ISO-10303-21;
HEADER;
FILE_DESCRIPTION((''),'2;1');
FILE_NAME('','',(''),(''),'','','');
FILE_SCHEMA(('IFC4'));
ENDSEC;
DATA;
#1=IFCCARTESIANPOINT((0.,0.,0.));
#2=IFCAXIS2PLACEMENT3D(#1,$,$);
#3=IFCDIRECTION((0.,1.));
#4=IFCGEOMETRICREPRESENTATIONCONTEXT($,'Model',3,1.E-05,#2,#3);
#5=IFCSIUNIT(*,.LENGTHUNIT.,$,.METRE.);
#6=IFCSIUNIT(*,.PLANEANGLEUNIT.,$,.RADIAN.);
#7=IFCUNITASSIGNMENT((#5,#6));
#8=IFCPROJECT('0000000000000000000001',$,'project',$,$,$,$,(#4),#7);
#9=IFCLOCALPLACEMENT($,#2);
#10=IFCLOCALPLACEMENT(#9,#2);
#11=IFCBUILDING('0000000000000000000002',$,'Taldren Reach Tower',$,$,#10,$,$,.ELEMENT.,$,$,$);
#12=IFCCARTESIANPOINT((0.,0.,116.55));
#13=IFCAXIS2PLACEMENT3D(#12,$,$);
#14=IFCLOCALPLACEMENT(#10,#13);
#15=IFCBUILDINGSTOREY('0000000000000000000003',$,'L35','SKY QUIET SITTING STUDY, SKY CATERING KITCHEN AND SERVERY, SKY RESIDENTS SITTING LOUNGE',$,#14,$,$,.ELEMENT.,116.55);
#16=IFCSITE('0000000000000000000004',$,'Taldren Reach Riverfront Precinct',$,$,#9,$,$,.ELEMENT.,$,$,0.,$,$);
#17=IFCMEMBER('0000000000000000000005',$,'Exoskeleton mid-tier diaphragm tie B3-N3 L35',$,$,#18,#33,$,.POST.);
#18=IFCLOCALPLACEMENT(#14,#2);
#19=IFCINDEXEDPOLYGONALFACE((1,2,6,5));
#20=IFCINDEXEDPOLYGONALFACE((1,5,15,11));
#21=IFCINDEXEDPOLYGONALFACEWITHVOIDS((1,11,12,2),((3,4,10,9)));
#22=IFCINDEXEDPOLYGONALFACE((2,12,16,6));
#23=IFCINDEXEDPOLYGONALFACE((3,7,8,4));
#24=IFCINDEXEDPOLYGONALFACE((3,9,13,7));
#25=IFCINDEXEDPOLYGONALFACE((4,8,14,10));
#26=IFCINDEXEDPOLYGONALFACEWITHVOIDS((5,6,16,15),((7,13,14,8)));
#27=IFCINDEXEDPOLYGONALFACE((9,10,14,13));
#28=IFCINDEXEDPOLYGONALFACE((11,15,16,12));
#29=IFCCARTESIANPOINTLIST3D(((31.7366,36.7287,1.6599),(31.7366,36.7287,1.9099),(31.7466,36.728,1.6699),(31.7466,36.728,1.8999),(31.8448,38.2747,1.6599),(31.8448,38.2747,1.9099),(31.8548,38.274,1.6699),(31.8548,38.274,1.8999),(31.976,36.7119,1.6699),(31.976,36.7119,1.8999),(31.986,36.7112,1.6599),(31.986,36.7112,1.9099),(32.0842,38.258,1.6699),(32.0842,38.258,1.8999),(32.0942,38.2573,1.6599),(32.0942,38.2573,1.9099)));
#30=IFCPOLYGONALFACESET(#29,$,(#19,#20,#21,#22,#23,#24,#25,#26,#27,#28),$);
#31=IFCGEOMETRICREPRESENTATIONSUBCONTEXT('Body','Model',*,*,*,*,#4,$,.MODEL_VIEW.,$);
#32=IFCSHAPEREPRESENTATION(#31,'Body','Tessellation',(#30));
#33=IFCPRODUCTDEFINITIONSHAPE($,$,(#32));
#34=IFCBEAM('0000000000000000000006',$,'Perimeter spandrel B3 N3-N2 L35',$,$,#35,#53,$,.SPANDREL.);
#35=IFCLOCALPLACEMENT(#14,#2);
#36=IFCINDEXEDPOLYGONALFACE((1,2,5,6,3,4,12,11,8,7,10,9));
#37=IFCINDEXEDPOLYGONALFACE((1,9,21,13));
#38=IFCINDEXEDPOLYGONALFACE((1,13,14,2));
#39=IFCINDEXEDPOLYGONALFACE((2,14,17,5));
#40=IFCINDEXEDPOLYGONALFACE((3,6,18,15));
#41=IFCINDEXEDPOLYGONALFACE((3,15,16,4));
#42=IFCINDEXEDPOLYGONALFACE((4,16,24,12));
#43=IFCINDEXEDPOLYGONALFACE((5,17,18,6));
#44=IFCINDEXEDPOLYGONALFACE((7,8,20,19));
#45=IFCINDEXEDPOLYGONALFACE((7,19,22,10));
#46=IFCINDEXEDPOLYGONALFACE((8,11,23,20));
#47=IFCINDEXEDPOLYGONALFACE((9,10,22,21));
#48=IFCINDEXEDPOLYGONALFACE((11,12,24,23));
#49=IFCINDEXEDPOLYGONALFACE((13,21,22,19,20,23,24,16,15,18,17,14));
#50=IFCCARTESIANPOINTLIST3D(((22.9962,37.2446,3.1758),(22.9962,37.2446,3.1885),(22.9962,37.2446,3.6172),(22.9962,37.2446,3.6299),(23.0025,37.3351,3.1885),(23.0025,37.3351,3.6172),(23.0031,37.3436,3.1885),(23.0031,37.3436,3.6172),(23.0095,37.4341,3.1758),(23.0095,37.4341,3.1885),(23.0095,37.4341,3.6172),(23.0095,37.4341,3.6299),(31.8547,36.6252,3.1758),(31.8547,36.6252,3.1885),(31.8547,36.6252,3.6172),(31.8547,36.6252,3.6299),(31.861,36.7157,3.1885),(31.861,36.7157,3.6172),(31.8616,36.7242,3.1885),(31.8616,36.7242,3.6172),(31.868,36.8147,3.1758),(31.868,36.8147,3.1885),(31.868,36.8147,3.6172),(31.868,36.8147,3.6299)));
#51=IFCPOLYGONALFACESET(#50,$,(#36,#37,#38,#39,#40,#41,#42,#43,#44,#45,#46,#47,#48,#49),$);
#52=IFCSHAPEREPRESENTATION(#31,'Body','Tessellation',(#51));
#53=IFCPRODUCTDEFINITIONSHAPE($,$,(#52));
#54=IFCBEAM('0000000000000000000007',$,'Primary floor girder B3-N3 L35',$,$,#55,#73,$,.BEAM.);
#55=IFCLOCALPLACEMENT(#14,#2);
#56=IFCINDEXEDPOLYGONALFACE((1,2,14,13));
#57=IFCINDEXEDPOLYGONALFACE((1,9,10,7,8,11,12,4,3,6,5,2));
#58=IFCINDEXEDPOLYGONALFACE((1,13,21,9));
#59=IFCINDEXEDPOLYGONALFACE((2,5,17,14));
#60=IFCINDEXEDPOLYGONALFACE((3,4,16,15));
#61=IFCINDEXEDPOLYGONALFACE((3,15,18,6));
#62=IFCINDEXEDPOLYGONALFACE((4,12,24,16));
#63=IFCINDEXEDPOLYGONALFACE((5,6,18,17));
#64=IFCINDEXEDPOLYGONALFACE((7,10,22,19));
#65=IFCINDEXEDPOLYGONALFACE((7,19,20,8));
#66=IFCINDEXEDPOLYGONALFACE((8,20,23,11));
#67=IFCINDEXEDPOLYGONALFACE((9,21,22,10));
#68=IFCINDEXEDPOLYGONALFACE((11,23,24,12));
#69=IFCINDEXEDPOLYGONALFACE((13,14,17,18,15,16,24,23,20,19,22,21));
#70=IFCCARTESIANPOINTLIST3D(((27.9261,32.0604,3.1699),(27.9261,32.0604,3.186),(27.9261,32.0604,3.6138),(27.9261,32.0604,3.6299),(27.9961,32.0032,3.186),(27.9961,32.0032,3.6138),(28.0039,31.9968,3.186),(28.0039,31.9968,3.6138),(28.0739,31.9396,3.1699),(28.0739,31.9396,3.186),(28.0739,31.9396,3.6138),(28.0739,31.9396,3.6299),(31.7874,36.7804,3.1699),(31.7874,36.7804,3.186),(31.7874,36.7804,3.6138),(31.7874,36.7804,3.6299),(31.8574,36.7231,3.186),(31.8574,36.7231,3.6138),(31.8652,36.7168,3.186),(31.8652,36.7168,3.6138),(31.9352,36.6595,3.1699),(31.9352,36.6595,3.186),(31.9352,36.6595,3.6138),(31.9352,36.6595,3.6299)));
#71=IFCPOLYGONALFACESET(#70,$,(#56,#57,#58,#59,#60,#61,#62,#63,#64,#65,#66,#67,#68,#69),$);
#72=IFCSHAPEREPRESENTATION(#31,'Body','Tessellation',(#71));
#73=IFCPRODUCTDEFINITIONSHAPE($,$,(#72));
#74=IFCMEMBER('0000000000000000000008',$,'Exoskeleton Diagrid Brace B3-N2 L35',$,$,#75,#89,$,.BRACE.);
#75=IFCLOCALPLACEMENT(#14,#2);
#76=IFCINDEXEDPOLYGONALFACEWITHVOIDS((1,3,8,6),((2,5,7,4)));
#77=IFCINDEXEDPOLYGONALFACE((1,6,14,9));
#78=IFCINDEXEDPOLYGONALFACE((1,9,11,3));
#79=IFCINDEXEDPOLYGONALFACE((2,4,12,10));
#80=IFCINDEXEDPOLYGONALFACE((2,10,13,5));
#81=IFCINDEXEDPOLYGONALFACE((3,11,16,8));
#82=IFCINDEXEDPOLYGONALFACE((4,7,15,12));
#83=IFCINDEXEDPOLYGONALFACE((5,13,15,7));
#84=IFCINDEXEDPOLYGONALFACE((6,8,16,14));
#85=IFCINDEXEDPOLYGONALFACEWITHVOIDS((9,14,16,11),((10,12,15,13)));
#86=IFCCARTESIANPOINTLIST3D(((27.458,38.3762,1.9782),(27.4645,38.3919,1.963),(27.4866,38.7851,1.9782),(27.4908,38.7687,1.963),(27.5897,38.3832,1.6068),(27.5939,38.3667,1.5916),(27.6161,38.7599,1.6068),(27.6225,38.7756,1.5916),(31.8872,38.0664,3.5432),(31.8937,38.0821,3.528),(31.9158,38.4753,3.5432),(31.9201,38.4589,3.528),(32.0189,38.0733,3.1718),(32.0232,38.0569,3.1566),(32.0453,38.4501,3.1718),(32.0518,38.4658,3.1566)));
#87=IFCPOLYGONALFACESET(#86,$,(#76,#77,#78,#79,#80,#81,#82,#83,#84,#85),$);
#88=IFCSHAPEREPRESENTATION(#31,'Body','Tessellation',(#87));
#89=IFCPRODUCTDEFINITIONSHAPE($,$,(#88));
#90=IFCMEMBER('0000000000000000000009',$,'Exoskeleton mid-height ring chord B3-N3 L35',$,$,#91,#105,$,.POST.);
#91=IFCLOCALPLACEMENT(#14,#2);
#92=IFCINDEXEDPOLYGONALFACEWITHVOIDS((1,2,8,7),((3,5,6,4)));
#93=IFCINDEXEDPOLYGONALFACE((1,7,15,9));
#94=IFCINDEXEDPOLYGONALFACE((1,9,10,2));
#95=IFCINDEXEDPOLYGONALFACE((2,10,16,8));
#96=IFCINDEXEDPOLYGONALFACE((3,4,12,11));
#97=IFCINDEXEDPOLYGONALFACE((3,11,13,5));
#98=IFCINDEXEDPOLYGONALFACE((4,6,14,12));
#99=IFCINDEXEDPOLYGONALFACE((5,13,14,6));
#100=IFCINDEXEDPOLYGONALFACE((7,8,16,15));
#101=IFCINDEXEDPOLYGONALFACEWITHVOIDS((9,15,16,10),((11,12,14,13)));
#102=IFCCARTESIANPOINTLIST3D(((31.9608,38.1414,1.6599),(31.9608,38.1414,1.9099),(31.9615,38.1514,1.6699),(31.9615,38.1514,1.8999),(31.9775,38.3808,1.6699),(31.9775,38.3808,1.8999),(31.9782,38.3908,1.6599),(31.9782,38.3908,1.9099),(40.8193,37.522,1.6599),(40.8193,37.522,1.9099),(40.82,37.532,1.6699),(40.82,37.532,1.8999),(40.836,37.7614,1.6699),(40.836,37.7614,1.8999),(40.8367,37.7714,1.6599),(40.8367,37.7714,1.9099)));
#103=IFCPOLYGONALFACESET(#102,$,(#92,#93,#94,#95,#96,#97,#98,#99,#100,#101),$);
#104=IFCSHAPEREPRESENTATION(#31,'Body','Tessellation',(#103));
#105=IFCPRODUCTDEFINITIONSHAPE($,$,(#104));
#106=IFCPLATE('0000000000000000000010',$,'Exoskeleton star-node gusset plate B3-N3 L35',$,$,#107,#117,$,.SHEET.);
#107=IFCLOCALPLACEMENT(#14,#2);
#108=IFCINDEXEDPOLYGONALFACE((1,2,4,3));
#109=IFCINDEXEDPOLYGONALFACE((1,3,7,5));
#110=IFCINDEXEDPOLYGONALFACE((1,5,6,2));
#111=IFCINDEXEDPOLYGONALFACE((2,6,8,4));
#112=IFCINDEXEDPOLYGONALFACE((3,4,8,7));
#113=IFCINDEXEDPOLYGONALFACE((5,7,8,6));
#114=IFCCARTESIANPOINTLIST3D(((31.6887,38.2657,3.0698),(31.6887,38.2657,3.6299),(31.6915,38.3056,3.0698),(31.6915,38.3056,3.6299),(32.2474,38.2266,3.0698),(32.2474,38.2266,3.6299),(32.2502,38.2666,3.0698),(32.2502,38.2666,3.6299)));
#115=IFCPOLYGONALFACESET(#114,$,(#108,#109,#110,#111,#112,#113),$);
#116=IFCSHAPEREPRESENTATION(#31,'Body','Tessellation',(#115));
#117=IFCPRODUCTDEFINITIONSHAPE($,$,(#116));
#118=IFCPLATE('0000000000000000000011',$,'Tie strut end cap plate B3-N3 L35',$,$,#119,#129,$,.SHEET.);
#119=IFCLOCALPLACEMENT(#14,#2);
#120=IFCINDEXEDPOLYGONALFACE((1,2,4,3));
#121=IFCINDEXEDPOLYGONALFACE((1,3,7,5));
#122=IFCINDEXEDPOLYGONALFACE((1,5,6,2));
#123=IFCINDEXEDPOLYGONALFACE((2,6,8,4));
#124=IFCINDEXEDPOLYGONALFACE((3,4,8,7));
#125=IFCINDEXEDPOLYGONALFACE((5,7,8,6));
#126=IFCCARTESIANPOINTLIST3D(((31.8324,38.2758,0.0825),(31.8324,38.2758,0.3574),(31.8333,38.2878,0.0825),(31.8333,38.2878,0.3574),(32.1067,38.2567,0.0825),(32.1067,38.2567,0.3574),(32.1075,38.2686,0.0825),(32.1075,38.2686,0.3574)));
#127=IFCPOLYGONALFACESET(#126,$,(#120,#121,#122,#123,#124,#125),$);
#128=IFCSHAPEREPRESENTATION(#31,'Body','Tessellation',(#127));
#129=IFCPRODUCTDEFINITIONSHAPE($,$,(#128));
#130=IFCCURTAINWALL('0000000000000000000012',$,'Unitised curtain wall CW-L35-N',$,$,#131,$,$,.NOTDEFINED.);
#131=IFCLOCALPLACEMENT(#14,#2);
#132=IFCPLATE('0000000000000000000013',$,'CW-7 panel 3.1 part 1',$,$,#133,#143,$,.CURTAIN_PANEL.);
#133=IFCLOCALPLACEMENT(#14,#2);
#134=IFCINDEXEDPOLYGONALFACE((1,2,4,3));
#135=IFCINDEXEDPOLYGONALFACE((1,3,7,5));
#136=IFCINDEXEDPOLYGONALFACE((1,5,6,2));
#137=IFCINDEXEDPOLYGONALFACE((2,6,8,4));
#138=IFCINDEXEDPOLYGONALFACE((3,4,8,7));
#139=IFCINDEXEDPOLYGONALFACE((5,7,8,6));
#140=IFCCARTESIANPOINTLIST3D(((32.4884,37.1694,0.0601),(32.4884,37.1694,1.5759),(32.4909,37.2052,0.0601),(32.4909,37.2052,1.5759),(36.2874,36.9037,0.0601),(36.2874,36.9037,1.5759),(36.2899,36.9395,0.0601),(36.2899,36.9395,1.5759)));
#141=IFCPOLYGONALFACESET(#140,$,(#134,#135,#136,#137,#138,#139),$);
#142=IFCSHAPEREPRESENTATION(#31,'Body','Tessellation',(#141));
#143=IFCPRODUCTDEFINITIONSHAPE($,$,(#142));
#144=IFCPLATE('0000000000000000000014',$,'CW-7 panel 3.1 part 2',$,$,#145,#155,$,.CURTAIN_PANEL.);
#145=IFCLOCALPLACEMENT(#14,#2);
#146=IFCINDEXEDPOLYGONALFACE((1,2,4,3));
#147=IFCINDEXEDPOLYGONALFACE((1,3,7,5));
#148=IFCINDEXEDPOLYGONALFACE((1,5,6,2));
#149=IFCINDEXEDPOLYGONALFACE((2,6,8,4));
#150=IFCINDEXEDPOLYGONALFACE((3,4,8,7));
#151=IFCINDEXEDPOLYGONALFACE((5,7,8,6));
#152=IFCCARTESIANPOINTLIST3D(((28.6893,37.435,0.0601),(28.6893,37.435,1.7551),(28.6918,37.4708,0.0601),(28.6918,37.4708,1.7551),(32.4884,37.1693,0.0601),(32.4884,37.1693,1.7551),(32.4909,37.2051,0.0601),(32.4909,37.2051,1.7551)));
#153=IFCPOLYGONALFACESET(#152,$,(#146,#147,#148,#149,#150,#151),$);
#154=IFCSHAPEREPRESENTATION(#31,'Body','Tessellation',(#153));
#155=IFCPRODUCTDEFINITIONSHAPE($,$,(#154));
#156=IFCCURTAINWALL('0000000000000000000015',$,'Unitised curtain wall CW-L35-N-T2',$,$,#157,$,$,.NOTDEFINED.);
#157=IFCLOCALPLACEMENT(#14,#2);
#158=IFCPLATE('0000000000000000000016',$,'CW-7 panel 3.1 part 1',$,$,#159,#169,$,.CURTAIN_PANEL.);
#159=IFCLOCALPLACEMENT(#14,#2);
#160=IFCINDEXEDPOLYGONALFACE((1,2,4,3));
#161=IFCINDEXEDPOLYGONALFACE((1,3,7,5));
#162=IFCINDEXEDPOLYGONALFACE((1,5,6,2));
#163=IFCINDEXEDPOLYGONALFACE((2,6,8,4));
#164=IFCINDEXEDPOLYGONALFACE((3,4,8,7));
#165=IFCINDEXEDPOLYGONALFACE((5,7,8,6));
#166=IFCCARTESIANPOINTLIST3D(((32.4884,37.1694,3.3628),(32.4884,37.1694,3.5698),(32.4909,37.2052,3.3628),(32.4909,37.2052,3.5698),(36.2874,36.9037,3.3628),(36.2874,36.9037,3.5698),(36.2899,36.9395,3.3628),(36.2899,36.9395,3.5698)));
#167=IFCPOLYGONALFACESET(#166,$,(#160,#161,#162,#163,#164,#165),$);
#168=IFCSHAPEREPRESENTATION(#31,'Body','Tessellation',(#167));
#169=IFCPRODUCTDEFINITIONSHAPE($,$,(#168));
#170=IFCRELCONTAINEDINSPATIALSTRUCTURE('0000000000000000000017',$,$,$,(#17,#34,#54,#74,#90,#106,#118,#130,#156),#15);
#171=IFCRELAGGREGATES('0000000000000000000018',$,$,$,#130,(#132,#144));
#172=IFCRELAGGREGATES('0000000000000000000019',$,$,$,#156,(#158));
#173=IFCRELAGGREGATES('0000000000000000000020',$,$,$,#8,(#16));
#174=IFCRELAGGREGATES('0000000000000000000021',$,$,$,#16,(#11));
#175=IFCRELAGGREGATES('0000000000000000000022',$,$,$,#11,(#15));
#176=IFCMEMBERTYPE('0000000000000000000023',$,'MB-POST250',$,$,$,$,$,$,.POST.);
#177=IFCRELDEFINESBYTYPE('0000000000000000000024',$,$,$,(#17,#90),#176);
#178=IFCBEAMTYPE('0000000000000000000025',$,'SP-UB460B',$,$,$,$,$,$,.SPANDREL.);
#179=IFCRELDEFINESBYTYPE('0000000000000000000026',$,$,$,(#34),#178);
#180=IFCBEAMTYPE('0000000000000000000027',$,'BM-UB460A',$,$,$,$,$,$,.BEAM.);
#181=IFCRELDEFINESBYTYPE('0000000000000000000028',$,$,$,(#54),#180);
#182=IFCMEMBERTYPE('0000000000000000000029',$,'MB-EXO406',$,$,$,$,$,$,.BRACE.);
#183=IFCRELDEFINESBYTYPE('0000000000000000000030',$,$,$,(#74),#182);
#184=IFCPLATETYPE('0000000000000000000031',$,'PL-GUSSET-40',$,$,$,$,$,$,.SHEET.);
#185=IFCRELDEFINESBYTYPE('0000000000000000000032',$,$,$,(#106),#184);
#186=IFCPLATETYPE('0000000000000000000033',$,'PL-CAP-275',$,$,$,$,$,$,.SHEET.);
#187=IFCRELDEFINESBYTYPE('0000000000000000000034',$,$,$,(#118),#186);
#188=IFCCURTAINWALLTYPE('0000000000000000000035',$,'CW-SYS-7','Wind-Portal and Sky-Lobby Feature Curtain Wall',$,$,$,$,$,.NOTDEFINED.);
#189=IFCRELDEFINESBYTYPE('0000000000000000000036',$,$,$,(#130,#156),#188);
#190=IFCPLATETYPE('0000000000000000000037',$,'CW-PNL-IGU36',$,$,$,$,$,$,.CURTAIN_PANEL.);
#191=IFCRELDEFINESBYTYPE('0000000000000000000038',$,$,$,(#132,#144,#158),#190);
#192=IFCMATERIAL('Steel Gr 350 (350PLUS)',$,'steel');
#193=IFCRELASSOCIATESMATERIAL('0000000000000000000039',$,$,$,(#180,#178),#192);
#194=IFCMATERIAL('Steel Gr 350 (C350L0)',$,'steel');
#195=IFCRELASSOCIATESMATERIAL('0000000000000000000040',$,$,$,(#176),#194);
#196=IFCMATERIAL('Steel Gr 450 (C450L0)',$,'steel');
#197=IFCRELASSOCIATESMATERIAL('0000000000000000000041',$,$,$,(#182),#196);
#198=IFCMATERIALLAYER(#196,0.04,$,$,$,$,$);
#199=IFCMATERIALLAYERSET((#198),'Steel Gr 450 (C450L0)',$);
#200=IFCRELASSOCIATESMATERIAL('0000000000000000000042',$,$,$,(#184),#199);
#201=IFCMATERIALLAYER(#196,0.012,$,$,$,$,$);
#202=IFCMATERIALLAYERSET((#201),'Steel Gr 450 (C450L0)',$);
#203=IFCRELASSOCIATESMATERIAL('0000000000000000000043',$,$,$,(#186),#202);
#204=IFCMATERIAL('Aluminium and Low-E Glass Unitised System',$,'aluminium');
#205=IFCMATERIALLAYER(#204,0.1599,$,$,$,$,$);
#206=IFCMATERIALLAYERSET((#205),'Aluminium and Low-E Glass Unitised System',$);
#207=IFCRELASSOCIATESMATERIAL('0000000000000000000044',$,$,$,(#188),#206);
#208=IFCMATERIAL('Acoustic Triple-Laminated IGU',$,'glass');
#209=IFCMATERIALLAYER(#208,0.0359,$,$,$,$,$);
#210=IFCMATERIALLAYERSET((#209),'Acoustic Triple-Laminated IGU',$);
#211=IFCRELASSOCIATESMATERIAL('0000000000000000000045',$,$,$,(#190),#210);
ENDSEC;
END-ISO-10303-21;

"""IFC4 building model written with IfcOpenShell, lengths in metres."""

from ifc_helpers import new_model, si_unit, direction, frame, origin, origin_2d, place, context, subcontext, project, spatial, rectangle, hollow_rectangle, i_section, extrude, source, transform, mapped, material, layer, layer_set, material_profile, profile_set, type_object, element, aggregate, save


model = new_model("IFC4")

# Units and contexts
model_context = context("Model", 3, precision=1e-05, world=origin(), true_north=direction((0.0, 1.0)))
body_context = subcontext(model_context, "Body", "Model", "MODEL_VIEW")
ifc_project = project(units=[si_unit("LENGTHUNIT", "METRE"), si_unit("PLANEANGLEUNIT", "RADIAN")], contexts=[model_context])

# Site, building, storey
site_placement = place(None, origin())
site = spatial("IfcSite", under=ifc_project, at=site_placement, Name="Taldren Reach Riverfront Precinct", CompositionType="ELEMENT", RefElevation=0.0)
building_placement = place(site_placement, origin())
building = spatial("IfcBuilding", under=site, at=building_placement, Name="Taldren Reach Tower", CompositionType="ELEMENT")
storey_placement = place(building_placement, frame((0.0, 0.0, 116.55)))
storey = spatial("IfcBuildingStorey", under=building, at=storey_placement, Name="L35", Description="SKY QUIET SITTING STUDY, SKY CATERING KITCHEN AND SERVERY, SKY RESIDENTS SITTING LOUNGE", CompositionType="ELEMENT", Elevation=116.55)

# Shared definitions
ifc_material_1 = material(Name="Steel Gr 450 (C450L0)", Category="steel")
ifc_material_2 = material(Name="Steel Gr 350 (350PLUS)", Category="steel")

# Shared definitions
ifc_material_profile_1 = material_profile(ifc_material_2, i_section(OverallWidth=0.1909, OverallDepth=0.46, WebThickness=0.01, FlangeThickness=0.0161, at=origin_2d()), Name="460UB82.1")
ifc_profile_set_1 = profile_set([ifc_material_profile_1], Name="Steel Gr 350 (350PLUS)")
beam_type_1 = type_object("IfcBeamType", Name="BM-UB460A", PredefinedType="BEAM", material=ifc_profile_set_1)

# Member
ifc_material_3 = material(Name="Steel Gr 350 (C350L0)", Category="steel")
ifc_material_profile_2 = material_profile(ifc_material_3, hollow_rectangle(XDim=0.25, YDim=0.25, WallThickness=0.01, at=origin_2d()), Name="250x250x10.0SHS")
ifc_profile_set_2 = profile_set([ifc_material_profile_2], Name="Steel Gr 350 (C350L0)")
member_type_1 = type_object("IfcMemberType", Name="MB-POST250", PredefinedType="POST", material=ifc_profile_set_2)
shared_shape_1 = source(origin(), body_context, "Body", "SweptSolid", [
    extrude(hollow_rectangle(XDim=0.25, YDim=0.25, WallThickness=0.01, at=origin_2d()), origin(), (0.0, 0.0, 1.0), 1.5498),
])
member_1_placement = place(storey_placement, frame((31.8613, 36.72, 1.7849), z_axis=(0.069781, 0.997562, 0.0), x_axis=(-0.997562, 0.069781, 0.0)))
element("IfcMember", 1, at=member_1_placement, inside=storey, type_object=member_type_1, Name="Exoskeleton mid-tier diaphragm tie B3-N3 L35", PredefinedType="POST", context=body_context, shape_type="MappedRepresentation", body=[
    mapped(shared_shape_1, transform((0.0, 0.0, 0.0), scale=1.0)),
])

# Beams
ifc_material_profile_3 = material_profile(ifc_material_2, i_section(OverallWidth=0.1899, OverallDepth=0.4541, WebThickness=0.0085, FlangeThickness=0.0127, at=origin_2d()), Name="460UB67.1")
ifc_profile_set_3 = profile_set([ifc_material_profile_3], Name="Steel Gr 350 (350PLUS)")
beam_type_2 = type_object("IfcBeamType", Name="SP-UB460B", PredefinedType="SPANDREL", material=ifc_profile_set_3)
shared_shape_2 = source(origin(), body_context, "Body", "SweptSolid", [
    extrude(i_section(OverallWidth=0.1899, OverallDepth=0.4541, WebThickness=0.0085, FlangeThickness=0.0127, at=origin_2d()), origin(), (0.0, 0.0, 1.0), 8.8801),
])
beam_1_placement = place(storey_placement, frame((31.8613, 36.72, 3.4028), z_axis=(-0.997564, 0.06975, 0.0), x_axis=(-0.06975, -0.997564, 0.0)))
element("IfcBeam", 2, at=beam_1_placement, inside=storey, type_object=beam_type_2, Name="Perimeter spandrel B3 N3-N2 L35", PredefinedType="SPANDREL", context=body_context, shape_type="MappedRepresentation", body=[
    mapped(shared_shape_2, transform((0.0, 0.0, 0.0), scale=1.0)),
])
shared_shape_3 = source(origin(), body_context, "Body", "SweptSolid", [
    extrude(i_section(OverallWidth=0.1909, OverallDepth=0.46, WebThickness=0.01, FlangeThickness=0.0161, at=origin_2d()), origin(), (0.0, 0.0, 1.0), 6.0981),
])
beam_2_placement = place(storey_placement, frame((28.0, 32.0, 3.3999), z_axis=(0.633192, 0.773995, 0.0), x_axis=(-0.773995, 0.633192, 0.0)))
element("IfcBeam", 3, at=beam_2_placement, inside=storey, type_object=beam_type_1, Name="Primary floor girder B3-N3 L35", PredefinedType="BEAM", context=body_context, shape_type="MappedRepresentation", body=[
    mapped(shared_shape_3, transform((0.0, 0.0, 0.0), scale=1.0)),
])

# Members
ifc_material_profile_4 = material_profile(ifc_material_1, hollow_rectangle(XDim=0.4099, YDim=0.4099, WallThickness=0.0161, at=origin_2d()), Name="410x410x16.0SHS")
ifc_profile_set_4 = profile_set([ifc_material_profile_4], Name="Steel Gr 450 (C450L0)")
member_type_2 = type_object("IfcMemberType", Name="MB-EXO406", PredefinedType="BRACE", material=ifc_profile_set_4)
shared_shape_4 = source(origin(), body_context, "Body", "SweptSolid", [
    extrude(hollow_rectangle(XDim=0.4099, YDim=0.4099, WallThickness=0.0161, at=origin_2d()), origin(), (0.0, 0.0, 1.0), 4.7078),
])
member_2_placement = place(storey_placement, frame((27.5403, 38.5759, 1.7849), z_axis=(0.940833, -0.06581, 0.332419), x_axis=(0.069778, 0.997563, 0.0)))
element("IfcMember", 4, at=member_2_placement, inside=storey, type_object=member_type_2, Name="Exoskeleton Diagrid Brace B3-N2 L35", PredefinedType="BRACE", context=body_context, shape_type="MappedRepresentation", body=[
    mapped(shared_shape_4, transform((0.0, 0.0, 0.0), scale=1.0)),
])
shared_shape_5 = source(origin(), body_context, "Body", "SweptSolid", [
    extrude(hollow_rectangle(XDim=0.25, YDim=0.25, WallThickness=0.01, at=origin_2d()), origin(), (0.0, 0.0, 1.0), 8.8801),
])
member_3_placement = place(storey_placement, frame((31.9695, 38.2661, 1.7849), z_axis=(0.997564, -0.06975, 0.0), x_axis=(0.06975, 0.997564, 0.0)))
element("IfcMember", 5, at=member_3_placement, inside=storey, type_object=member_type_1, Name="Exoskeleton mid-height ring chord B3-N3 L35", PredefinedType="POST", context=body_context, shape_type="MappedRepresentation", body=[
    mapped(shared_shape_5, transform((0.0, 0.0, 0.0), scale=1.0)),
])

# Plates
ifc_layer_1 = layer(ifc_material_1, 0.04)
ifc_layer_set_1 = layer_set([ifc_layer_1], Name="Steel Gr 450 (C450L0)")
plate_type_1 = type_object("IfcPlateType", Name="PL-GUSSET-40", PredefinedType="SHEET", material=ifc_layer_set_1)
shared_shape_6 = source(origin(), body_context, "Body", "SweptSolid", [
    extrude(rectangle(XDim=0.5601, YDim=0.04, at=origin_2d()), origin(), (0.0, 0.0, 1.0), 0.5601),
])
plate_1_placement = place(storey_placement, frame((31.9695, 38.2661, 3.0698), z_axis=(0.0, 0.0, 1.0), x_axis=(0.997564, -0.069756, 0.0)))
element("IfcPlate", 6, at=plate_1_placement, inside=storey, type_object=plate_type_1, Name="Exoskeleton star-node gusset plate B3-N3 L35", PredefinedType="SHEET", context=body_context, shape_type="MappedRepresentation", body=[
    mapped(shared_shape_6, transform((0.0, 0.0, 0.0), scale=1.0)),
])
ifc_layer_2 = layer(ifc_material_1, 0.012)
ifc_layer_set_2 = layer_set([ifc_layer_2], Name="Steel Gr 450 (C450L0)")
plate_type_2 = type_object("IfcPlateType", Name="PL-CAP-275", PredefinedType="SHEET", material=ifc_layer_set_2)
shared_shape_7 = source(origin(), body_context, "Body", "SweptSolid", [
    extrude(rectangle(XDim=0.2749, YDim=0.012, at=origin_2d()), origin(), (0.0, 0.0, 1.0), 0.2749),
])
plate_2_placement = place(storey_placement, frame((31.97, 38.2722, 0.0825), z_axis=(0.0, 0.0, 1.0), x_axis=(0.997564, -0.069756, 0.0)))
element("IfcPlate", 7, at=plate_2_placement, inside=storey, type_object=plate_type_2, Name="Tie strut end cap plate B3-N3 L35", PredefinedType="SHEET", context=body_context, shape_type="MappedRepresentation", body=[
    mapped(shared_shape_7, transform((0.0, 0.0, 0.0), scale=1.0)),
])

# Curtain wall, plates
ifc_material_4 = material(Name="Aluminium and Low-E Glass Unitised System", Category="aluminium")
ifc_layer_3 = layer(ifc_material_4, 0.1599)
ifc_layer_set_3 = layer_set([ifc_layer_3], Name="Aluminium and Low-E Glass Unitised System")
curtain_wall_type = type_object("IfcCurtainWallType", Name="CW-SYS-7", Description="Wind-Portal and Sky-Lobby Feature Curtain Wall", PredefinedType="NOTDEFINED", material=ifc_layer_set_3)
curtain_wall_1_placement = place(storey_placement, origin())
curtain_wall_1 = element("IfcCurtainWall", 8, at=curtain_wall_1_placement, inside=storey, type_object=curtain_wall_type, Name="Unitised curtain wall CW-L35-N", PredefinedType="NOTDEFINED")
ifc_material_5 = material(Name="Acoustic Triple-Laminated IGU", Category="glass")
ifc_layer_4 = layer(ifc_material_5, 0.0359)
ifc_layer_set_4 = layer_set([ifc_layer_4], Name="Acoustic Triple-Laminated IGU")
plate_type_3 = type_object("IfcPlateType", Name="CW-PNL-IGU36", PredefinedType="CURTAIN_PANEL", material=ifc_layer_set_4)
shared_shape_8 = source(origin(), body_context, "Body", "SweptSolid", [
    extrude(rectangle(XDim=3.8083, YDim=0.0359, at=origin_2d()), origin(), (0.0, 0.0, 1.0), 1.5159),
])
plate_3_placement = place(storey_placement, frame((34.3892, 37.0544, 0.0601), z_axis=(0.0, 0.0, 1.0), x_axis=(-0.997564, 0.069757, 0.0)))
plate_3 = element("IfcPlate", 9, at=plate_3_placement, type_object=plate_type_3, Name="CW-7 panel 3.1 part 1", PredefinedType="CURTAIN_PANEL", context=body_context, shape_type="MappedRepresentation", body=[
    mapped(shared_shape_8, transform((0.0, 0.0, 0.0), scale=1.0)),
])
shared_shape_9 = source(origin(), body_context, "Body", "SweptSolid", [
    extrude(rectangle(XDim=3.8083, YDim=0.0359, at=origin_2d()), origin(), (0.0, 0.0, 1.0), 1.6951),
])
plate_4_placement = place(storey_placement, frame((30.5901, 37.3201, 0.0601), z_axis=(0.0, 0.0, 1.0), x_axis=(-0.997564, 0.069757, 0.0)))
plate_4 = element("IfcPlate", 10, at=plate_4_placement, type_object=plate_type_3, Name="CW-7 panel 3.1 part 2", PredefinedType="CURTAIN_PANEL", context=body_context, shape_type="MappedRepresentation", body=[
    mapped(shared_shape_9, transform((0.0, 0.0, 0.0), scale=1.0)),
])
aggregate(curtain_wall_1, [plate_3, plate_4])

# Curtain wall, plate
curtain_wall_2_placement = place(storey_placement, origin())
curtain_wall_2 = element("IfcCurtainWall", 11, at=curtain_wall_2_placement, inside=storey, type_object=curtain_wall_type, Name="Unitised curtain wall CW-L35-N-T2", PredefinedType="NOTDEFINED")
shared_shape_10 = source(origin(), body_context, "Body", "SweptSolid", [
    extrude(rectangle(XDim=3.8083, YDim=0.0359, at=origin_2d()), origin(), (0.0, 0.0, 1.0), 0.207),
])
plate_5_placement = place(storey_placement, frame((34.3892, 37.0544, 3.3628), z_axis=(0.0, 0.0, 1.0), x_axis=(-0.997564, 0.069757, 0.0)))
plate_5 = element("IfcPlate", 12, at=plate_5_placement, type_object=plate_type_3, Name="CW-7 panel 3.1 part 1", PredefinedType="CURTAIN_PANEL", context=body_context, shape_type="MappedRepresentation", body=[
    mapped(shared_shape_10, transform((0.0, 0.0, 0.0), scale=1.0)),
])
aggregate(curtain_wall_2, [plate_5])

save(model, "model.ifc")
